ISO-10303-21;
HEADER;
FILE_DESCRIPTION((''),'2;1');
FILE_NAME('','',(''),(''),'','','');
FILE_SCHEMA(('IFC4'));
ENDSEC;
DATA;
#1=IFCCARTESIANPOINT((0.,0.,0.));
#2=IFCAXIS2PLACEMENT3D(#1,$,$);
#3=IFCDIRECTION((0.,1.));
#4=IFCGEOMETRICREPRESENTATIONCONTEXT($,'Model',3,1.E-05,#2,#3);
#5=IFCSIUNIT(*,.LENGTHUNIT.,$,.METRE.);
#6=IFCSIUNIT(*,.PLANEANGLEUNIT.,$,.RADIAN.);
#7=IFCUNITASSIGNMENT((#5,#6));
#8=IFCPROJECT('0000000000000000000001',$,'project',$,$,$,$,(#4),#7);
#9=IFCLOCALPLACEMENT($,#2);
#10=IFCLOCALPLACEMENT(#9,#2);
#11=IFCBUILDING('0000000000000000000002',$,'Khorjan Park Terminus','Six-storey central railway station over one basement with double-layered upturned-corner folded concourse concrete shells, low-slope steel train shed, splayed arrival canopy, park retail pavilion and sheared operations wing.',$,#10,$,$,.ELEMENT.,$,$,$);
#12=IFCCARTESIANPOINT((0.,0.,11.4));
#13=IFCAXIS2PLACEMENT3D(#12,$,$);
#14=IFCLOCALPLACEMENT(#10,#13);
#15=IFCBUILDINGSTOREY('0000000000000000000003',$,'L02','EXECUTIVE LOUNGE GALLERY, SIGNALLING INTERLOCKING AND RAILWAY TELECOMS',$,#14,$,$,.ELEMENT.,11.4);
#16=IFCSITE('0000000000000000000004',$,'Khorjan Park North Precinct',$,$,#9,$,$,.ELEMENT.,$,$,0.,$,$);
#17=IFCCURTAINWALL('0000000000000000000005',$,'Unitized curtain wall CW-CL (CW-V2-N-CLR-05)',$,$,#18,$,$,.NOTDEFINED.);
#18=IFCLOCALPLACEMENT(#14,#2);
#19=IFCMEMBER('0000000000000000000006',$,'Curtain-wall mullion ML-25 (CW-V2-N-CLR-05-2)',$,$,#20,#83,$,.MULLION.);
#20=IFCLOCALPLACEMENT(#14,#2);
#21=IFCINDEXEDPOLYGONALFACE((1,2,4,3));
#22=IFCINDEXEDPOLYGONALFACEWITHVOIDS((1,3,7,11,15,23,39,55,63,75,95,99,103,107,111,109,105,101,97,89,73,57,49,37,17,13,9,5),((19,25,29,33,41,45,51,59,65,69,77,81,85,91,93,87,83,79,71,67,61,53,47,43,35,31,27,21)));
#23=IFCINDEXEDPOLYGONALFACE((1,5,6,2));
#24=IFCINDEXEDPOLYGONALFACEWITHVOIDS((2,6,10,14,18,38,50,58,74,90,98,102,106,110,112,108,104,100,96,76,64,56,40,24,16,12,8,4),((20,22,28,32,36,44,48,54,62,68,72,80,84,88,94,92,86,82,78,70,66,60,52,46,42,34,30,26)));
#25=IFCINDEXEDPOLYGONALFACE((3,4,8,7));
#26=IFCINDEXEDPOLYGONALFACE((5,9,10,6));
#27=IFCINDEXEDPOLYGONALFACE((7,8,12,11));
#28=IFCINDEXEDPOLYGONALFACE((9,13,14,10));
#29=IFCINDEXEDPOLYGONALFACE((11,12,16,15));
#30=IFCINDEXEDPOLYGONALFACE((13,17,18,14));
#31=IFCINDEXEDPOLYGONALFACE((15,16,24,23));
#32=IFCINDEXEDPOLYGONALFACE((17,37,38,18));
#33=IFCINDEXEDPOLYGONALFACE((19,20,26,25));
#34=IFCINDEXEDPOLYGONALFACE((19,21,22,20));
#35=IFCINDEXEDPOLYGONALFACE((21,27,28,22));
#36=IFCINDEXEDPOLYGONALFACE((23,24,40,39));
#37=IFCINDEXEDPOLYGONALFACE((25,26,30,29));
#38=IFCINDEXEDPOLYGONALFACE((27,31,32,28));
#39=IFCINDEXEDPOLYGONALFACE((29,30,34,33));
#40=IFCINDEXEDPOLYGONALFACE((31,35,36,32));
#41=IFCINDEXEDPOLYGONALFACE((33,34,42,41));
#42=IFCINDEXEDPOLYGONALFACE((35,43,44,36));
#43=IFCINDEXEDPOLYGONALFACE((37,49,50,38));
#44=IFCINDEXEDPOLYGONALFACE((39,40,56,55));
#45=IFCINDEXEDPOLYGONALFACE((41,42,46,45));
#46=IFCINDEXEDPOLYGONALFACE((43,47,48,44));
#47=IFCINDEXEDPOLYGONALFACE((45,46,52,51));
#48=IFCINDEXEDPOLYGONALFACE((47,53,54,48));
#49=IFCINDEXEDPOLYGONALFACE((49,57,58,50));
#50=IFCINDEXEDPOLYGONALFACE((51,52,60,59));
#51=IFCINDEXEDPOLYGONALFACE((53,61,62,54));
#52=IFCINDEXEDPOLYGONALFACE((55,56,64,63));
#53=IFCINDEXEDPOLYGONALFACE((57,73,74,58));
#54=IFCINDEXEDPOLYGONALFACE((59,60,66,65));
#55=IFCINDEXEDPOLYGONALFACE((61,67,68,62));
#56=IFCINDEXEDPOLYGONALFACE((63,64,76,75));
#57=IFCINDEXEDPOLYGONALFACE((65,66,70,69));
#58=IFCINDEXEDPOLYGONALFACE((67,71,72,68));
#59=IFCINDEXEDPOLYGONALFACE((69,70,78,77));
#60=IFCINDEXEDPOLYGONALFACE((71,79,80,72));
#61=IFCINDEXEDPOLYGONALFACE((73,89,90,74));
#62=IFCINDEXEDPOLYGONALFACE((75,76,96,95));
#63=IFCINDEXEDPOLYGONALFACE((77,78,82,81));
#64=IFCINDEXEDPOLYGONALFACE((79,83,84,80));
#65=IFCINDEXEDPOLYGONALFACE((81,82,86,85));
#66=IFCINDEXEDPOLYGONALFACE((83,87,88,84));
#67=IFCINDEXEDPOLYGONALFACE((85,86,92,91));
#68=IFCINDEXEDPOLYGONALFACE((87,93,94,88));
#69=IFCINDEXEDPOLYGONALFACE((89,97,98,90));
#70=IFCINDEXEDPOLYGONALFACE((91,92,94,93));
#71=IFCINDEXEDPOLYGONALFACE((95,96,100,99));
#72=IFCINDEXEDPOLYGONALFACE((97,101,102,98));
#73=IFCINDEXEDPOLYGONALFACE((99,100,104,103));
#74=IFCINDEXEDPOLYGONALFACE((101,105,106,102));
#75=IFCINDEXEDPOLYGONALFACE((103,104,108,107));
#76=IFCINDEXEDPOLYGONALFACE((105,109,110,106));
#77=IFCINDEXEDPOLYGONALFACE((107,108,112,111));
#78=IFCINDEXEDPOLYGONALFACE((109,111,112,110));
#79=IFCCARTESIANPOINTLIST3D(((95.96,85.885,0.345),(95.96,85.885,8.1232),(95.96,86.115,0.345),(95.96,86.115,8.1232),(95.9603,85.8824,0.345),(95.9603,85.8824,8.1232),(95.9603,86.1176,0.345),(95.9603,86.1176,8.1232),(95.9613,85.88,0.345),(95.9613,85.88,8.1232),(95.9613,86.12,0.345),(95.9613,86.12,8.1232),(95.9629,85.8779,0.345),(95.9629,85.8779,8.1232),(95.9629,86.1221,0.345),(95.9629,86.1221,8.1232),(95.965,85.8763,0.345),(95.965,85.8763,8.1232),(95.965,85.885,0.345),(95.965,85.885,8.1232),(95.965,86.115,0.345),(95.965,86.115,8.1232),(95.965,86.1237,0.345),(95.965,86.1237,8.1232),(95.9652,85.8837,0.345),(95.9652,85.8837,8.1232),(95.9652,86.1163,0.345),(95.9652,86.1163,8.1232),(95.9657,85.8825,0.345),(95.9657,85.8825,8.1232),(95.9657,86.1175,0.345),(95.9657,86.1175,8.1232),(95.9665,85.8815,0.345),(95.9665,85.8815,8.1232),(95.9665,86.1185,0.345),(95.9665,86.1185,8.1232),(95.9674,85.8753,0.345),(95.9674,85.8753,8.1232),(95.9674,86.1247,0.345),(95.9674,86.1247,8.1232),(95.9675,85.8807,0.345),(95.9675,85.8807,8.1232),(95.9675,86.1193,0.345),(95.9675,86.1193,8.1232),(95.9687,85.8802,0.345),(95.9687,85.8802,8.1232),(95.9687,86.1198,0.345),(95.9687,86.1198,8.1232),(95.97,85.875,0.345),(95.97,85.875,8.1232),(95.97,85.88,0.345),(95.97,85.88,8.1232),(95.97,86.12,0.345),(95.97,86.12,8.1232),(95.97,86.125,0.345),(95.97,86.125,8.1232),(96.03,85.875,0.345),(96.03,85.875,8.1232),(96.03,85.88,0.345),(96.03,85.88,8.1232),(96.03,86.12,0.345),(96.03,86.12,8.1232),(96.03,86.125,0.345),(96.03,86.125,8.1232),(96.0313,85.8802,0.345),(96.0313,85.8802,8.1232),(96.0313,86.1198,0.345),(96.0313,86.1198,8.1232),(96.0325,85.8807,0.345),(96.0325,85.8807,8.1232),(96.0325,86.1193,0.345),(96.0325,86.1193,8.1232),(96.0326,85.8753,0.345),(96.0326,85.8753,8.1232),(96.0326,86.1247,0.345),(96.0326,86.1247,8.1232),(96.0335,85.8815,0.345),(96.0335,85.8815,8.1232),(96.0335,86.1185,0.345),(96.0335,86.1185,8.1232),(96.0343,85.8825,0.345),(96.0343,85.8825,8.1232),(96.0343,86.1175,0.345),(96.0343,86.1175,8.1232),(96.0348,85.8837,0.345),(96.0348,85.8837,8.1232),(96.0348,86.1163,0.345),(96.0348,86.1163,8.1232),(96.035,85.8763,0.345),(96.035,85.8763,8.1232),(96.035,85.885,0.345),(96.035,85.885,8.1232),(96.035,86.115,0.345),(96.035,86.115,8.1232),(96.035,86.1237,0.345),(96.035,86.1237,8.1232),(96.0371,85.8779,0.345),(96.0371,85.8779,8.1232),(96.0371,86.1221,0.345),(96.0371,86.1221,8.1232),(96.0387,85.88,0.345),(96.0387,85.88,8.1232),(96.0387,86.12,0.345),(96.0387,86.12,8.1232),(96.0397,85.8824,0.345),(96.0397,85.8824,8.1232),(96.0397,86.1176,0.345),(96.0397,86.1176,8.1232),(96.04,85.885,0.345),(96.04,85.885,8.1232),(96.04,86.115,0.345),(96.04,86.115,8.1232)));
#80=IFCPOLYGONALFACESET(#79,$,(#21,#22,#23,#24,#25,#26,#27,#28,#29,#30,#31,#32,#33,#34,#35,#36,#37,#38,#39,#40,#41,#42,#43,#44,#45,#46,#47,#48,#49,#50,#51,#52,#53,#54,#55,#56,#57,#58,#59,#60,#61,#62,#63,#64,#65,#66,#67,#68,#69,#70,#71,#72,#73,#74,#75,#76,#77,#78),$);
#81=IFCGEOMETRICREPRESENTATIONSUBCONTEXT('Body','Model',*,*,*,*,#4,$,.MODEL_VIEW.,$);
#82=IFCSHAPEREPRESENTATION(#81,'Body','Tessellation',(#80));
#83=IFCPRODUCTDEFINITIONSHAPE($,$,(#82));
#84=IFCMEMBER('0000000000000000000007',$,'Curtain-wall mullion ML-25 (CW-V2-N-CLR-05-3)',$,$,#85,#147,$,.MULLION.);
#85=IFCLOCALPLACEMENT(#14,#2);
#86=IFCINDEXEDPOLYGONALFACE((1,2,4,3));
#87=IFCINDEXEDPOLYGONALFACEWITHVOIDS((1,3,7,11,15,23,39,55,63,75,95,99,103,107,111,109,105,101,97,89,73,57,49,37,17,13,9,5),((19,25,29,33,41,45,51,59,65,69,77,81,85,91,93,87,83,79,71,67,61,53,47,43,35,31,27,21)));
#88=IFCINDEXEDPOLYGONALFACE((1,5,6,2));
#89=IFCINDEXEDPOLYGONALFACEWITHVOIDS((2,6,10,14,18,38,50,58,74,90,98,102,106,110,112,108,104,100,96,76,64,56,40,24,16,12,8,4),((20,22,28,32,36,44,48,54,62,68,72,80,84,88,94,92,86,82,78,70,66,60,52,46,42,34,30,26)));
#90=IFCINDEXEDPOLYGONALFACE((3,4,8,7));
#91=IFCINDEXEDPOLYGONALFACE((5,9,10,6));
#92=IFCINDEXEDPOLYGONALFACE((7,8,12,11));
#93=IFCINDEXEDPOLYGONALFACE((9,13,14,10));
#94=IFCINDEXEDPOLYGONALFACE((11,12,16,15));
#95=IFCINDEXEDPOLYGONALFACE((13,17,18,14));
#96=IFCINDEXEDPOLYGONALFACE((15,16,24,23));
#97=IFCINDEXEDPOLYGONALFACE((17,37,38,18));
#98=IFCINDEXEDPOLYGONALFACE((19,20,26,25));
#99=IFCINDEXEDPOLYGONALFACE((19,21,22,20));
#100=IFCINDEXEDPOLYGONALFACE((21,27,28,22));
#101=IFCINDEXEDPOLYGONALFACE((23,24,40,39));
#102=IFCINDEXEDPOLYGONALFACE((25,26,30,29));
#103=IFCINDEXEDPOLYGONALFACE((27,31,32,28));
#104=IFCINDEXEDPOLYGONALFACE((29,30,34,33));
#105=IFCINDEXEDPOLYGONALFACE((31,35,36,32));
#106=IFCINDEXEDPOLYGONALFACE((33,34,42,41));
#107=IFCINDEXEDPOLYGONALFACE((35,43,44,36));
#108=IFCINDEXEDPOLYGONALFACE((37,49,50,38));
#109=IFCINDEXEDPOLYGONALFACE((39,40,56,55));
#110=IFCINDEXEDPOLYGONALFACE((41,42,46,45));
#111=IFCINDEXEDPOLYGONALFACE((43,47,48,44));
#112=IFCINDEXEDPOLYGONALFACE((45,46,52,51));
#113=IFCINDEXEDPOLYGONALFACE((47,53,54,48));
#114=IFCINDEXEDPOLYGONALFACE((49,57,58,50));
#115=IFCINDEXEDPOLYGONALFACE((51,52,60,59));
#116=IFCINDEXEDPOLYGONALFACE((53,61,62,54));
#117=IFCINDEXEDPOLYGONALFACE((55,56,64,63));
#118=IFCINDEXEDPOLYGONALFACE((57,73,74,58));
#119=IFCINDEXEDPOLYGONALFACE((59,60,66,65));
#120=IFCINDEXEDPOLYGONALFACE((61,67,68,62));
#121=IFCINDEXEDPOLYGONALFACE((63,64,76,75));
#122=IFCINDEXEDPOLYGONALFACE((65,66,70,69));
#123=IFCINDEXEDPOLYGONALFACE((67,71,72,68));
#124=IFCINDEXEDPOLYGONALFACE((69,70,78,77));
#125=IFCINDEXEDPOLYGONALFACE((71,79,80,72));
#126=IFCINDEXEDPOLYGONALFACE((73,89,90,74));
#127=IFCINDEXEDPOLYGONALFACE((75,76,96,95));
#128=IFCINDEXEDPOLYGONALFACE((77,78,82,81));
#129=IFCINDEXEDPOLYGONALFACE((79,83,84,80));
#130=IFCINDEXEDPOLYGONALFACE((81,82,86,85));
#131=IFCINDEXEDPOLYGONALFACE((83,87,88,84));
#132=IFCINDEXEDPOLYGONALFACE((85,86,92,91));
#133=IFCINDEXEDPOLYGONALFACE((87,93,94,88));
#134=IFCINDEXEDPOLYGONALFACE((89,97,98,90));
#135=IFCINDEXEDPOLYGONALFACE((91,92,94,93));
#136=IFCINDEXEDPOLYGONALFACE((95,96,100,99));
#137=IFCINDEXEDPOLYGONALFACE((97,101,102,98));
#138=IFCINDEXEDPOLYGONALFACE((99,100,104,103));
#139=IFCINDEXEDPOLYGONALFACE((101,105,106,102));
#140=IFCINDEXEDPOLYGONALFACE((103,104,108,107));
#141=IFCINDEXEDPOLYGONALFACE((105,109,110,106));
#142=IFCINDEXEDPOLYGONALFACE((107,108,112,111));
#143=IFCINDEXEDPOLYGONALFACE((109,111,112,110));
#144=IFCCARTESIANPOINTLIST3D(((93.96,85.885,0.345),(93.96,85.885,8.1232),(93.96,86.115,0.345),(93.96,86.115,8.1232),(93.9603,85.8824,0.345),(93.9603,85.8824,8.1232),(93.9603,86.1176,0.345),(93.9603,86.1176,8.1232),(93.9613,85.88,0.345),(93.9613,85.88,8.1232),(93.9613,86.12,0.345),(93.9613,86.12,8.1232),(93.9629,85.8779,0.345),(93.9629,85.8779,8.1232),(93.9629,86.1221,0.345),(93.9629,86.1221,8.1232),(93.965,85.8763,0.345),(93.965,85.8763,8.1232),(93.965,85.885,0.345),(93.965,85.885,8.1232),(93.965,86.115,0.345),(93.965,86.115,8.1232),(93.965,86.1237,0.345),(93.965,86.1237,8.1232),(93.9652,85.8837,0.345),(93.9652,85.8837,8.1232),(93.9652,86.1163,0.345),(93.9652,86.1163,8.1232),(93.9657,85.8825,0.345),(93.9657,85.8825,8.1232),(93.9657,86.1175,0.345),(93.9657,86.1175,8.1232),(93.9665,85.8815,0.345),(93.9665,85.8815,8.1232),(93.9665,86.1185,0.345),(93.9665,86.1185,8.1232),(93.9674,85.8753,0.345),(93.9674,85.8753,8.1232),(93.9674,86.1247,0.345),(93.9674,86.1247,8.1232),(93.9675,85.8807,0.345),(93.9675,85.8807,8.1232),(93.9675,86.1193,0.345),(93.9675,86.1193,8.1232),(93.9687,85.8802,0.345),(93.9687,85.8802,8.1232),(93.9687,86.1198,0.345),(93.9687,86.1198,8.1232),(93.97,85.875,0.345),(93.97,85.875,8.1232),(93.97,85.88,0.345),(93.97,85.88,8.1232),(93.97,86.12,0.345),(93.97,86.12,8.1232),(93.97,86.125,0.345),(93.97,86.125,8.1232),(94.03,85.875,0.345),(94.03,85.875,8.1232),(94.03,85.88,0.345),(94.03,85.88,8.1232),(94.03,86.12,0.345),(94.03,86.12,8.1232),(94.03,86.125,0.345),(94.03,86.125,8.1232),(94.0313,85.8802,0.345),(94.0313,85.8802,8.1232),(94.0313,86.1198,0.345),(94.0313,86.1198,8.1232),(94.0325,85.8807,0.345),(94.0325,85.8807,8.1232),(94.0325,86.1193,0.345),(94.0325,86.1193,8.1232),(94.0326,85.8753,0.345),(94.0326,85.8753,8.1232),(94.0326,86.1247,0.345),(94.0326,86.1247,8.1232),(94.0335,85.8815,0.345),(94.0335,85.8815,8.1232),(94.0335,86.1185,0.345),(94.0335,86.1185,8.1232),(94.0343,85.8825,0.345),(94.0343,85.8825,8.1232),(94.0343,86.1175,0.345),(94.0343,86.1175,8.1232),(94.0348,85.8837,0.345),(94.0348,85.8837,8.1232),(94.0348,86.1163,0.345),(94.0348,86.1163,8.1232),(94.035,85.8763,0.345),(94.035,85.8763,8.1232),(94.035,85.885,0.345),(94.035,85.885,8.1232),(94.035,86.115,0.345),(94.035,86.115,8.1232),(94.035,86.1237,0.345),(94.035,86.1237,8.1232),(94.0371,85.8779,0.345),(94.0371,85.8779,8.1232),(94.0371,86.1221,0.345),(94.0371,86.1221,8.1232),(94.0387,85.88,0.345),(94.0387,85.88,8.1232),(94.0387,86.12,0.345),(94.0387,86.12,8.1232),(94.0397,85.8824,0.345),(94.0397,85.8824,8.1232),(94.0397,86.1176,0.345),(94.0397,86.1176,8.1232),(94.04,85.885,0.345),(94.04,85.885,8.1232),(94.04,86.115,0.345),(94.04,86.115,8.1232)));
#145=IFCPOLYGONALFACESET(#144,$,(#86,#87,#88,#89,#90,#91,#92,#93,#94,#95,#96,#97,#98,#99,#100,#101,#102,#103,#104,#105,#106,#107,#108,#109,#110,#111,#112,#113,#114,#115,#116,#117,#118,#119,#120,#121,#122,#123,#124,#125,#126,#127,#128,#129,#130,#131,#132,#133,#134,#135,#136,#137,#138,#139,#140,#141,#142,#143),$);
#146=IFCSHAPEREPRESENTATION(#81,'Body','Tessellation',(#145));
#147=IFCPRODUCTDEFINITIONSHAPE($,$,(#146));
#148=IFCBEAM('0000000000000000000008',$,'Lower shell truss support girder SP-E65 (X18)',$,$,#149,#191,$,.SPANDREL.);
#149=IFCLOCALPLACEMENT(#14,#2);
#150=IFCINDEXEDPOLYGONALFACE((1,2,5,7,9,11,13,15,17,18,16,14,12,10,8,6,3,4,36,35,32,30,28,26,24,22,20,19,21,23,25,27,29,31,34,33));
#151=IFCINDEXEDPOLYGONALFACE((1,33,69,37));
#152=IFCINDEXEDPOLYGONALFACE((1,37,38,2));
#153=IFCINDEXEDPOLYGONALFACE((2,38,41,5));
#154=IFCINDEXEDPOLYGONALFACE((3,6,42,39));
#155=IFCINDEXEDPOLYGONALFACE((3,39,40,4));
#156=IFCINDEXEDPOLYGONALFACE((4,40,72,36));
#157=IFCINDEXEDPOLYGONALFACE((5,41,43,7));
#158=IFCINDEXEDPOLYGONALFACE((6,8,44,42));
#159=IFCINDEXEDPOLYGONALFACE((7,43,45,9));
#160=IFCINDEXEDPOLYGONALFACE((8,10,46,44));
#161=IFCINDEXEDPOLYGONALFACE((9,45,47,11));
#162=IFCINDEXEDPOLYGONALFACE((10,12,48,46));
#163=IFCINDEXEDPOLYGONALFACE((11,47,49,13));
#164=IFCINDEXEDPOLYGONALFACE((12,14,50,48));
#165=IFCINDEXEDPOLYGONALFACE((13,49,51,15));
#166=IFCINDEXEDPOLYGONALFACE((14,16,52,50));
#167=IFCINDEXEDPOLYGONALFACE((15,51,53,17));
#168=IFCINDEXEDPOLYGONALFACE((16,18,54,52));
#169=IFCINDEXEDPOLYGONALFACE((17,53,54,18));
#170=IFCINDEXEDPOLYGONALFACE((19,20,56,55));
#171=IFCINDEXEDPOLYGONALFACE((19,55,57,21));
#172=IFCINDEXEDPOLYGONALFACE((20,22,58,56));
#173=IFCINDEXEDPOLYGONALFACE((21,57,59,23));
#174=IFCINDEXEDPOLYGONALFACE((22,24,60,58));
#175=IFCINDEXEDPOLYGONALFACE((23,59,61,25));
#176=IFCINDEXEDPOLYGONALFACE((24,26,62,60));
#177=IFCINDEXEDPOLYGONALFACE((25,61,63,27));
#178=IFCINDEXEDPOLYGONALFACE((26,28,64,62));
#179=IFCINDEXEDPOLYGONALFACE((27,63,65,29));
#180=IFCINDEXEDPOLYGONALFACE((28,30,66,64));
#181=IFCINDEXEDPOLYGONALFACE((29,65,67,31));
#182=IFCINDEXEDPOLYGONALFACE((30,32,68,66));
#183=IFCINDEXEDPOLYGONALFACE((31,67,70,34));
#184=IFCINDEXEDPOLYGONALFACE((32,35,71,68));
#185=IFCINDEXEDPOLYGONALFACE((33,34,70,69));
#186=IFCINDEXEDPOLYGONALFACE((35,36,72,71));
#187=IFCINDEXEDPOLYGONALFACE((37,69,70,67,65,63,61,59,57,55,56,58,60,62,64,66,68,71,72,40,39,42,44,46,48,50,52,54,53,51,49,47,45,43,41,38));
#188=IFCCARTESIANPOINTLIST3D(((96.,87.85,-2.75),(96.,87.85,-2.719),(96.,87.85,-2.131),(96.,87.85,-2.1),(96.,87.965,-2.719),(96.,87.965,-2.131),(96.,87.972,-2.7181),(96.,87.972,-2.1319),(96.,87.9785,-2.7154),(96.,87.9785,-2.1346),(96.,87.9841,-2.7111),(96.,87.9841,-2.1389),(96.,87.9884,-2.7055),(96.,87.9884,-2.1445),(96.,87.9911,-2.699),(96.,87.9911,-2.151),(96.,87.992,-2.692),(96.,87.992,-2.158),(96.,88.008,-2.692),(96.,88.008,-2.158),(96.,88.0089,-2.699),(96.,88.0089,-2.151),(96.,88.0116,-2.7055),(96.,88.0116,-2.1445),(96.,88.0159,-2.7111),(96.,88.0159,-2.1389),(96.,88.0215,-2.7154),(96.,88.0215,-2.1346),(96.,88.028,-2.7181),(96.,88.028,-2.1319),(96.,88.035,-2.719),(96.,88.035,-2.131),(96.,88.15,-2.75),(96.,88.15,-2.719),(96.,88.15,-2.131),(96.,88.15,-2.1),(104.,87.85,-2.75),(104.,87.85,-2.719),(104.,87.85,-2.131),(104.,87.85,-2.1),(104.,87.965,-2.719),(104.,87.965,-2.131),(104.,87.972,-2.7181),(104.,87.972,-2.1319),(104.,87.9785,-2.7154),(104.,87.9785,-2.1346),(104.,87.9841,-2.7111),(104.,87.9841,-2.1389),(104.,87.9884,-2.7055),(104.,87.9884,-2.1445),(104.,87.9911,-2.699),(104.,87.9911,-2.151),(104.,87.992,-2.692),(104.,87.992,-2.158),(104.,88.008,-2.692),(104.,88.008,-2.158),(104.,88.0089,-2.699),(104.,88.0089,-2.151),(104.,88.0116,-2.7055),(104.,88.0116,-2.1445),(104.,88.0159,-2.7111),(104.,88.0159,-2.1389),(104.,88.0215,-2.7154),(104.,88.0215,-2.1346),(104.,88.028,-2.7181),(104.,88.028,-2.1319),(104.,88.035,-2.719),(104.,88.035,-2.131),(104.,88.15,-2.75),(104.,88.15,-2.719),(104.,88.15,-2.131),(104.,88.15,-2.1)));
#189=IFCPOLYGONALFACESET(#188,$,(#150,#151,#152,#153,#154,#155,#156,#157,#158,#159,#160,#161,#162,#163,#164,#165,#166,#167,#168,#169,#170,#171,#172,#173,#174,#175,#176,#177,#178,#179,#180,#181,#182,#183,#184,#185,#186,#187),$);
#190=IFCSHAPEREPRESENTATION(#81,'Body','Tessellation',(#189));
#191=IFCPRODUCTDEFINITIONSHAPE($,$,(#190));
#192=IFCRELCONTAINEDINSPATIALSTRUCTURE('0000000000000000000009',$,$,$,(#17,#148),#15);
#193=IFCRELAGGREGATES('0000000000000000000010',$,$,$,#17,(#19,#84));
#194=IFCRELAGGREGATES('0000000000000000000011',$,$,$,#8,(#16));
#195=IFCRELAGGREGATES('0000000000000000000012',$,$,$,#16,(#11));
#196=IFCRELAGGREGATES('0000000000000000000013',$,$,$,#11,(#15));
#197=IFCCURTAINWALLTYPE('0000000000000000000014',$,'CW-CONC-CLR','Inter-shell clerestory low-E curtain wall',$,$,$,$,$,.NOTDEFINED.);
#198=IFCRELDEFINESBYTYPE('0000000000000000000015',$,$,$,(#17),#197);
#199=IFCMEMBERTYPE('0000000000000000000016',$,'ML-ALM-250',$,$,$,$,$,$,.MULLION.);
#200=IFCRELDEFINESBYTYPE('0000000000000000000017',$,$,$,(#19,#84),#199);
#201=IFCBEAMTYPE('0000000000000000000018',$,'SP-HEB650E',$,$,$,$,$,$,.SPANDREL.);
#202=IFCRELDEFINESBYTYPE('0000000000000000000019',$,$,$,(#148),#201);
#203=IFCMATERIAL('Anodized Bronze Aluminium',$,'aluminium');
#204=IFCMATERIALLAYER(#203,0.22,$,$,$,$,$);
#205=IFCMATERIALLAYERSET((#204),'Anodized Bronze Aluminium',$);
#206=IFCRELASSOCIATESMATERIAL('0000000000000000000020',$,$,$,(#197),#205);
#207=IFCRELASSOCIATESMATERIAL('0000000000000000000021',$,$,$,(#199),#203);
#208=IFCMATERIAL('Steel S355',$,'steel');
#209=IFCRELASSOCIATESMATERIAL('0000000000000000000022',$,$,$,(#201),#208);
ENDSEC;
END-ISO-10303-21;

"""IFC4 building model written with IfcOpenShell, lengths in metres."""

from ifc_helpers import new_model, si_unit, direction, frame, origin, origin_2d, place, context, subcontext, project, spatial, hollow_rectangle, i_section, extrude, material, layer, layer_set, material_profile, profile_set, type_object, element, aggregate, save


model = new_model("IFC4")

# Units and contexts
model_context = context("Model", 3, precision=1e-05, world=origin(), true_north=direction((0.0, 1.0)))
body_context = subcontext(model_context, "Body", "Model", "MODEL_VIEW")
ifc_project = project(units=[si_unit("LENGTHUNIT", "METRE"), si_unit("PLANEANGLEUNIT", "RADIAN")], contexts=[model_context])

# Site, building, storey
site_placement = place(None, origin())
site = spatial("IfcSite", under=ifc_project, at=site_placement, Name="Khorjan Park North Precinct", CompositionType="ELEMENT", RefElevation=0.0)
building_placement = place(site_placement, origin())
building = spatial("IfcBuilding", under=site, at=building_placement, Name="Khorjan Park Terminus", Description="Six-storey central railway station over one basement with double-layered upturned-corner folded concourse concrete shells, low-slope steel train shed, splayed arrival canopy, park retail pavilion and sheared operations wing.", CompositionType="ELEMENT")
storey_placement = place(building_placement, frame((0.0, 0.0, 11.4)))
storey = spatial("IfcBuildingStorey", under=building, at=storey_placement, Name="L02", Description="EXECUTIVE LOUNGE GALLERY, SIGNALLING INTERLOCKING AND RAILWAY TELECOMS", CompositionType="ELEMENT", Elevation=11.4)

# Shared definitions
ifc_material_1 = material(Name="Steel S355", Category="steel")

# Curtain wall, members
ifc_material_2 = material(Name="Anodized Bronze Aluminium", Category="aluminium")
ifc_layer_1 = layer(ifc_material_2, 0.22)
ifc_layer_set_1 = layer_set([ifc_layer_1], Name="Anodized Bronze Aluminium")
curtain_wall_type = type_object("IfcCurtainWallType", Name="CW-CONC-CLR", Description="Inter-shell clerestory low-E curtain wall", PredefinedType="NOTDEFINED", material=ifc_layer_set_1)
ifc_material_profile_1 = material_profile(ifc_material_2, hollow_rectangle(XDim=0.08, YDim=0.25, WallThickness=0.005, InnerFilletRadius=0.005, OuterFilletRadius=0.01, at=origin_2d()), Name="ALM 80x250x5")
ifc_profile_set_1 = profile_set([ifc_material_profile_1], Name="Anodized Bronze Aluminium")
member_type_1 = type_object("IfcMemberType", Name="ML-ALM-250", PredefinedType="MULLION", material=ifc_profile_set_1)
curtain_wall_1_placement = place(storey_placement, origin())
curtain_wall_1 = element("IfcCurtainWall", 1, at=curtain_wall_1_placement, inside=storey, type_object=curtain_wall_type, Name="Unitized curtain wall CW-CL (CW-V2-N-CLR-05)", PredefinedType="NOTDEFINED")
member_1_placement = place(storey_placement, frame((96.0, 86.0, 0.345), z_axis=(0.0, 0.0, 1.0), x_axis=(-1.0, 0.0, 0.0)))
member_1 = element("IfcMember", 2, at=member_1_placement, type_object=member_type_1, Name="Curtain-wall mullion ML-25 (CW-V2-N-CLR-05-2)", PredefinedType="MULLION", context=body_context, shape_type="SweptSolid", body=[
    extrude(hollow_rectangle(XDim=0.08, YDim=0.25, WallThickness=0.005, InnerFilletRadius=0.005, OuterFilletRadius=0.01, at=origin_2d()), origin(), (0.0, 0.0, 1.0), 7.7782),
])
member_2_placement = place(storey_placement, frame((94.0, 86.0, 0.345), z_axis=(0.0, 0.0, 1.0), x_axis=(-1.0, 0.0, 0.0)))
member_2 = element("IfcMember", 3, at=member_2_placement, type_object=member_type_1, Name="Curtain-wall mullion ML-25 (CW-V2-N-CLR-05-3)", PredefinedType="MULLION", context=body_context, shape_type="SweptSolid", body=[
    extrude(hollow_rectangle(XDim=0.08, YDim=0.25, WallThickness=0.005, InnerFilletRadius=0.005, OuterFilletRadius=0.01, at=origin_2d()), origin(), (0.0, 0.0, 1.0), 7.7782),
])

# Beam
ifc_material_profile_2 = material_profile(ifc_material_1, i_section(OverallWidth=0.3, OverallDepth=0.65, WebThickness=0.016, FlangeThickness=0.031, FilletRadius=0.027, at=origin_2d()), Name="HEB 650")
ifc_profile_set_2 = profile_set([ifc_material_profile_2], Name="Steel S355")
beam_type = type_object("IfcBeamType", Name="SP-HEB650E", PredefinedType="SPANDREL", material=ifc_profile_set_2)
beam_placement = place(storey_placement, frame((96.0, 88.0, -2.425), z_axis=(1.0, 0.0, 0.0), x_axis=(0.0, 1.0, 0.0)))
element("IfcBeam", 4, at=beam_placement, inside=storey, type_object=beam_type, Name="Lower shell truss support girder SP-E65 (X18)", PredefinedType="SPANDREL", context=body_context, shape_type="SweptSolid", body=[
    extrude(i_section(OverallWidth=0.3, OverallDepth=0.65, WebThickness=0.016, FlangeThickness=0.031, FilletRadius=0.027, at=origin_2d()), origin(), (0.0, 0.0, 1.0), 8.0),
])

aggregate(curtain_wall_1, [member_1, member_2])

save(model, "model.ifc")
